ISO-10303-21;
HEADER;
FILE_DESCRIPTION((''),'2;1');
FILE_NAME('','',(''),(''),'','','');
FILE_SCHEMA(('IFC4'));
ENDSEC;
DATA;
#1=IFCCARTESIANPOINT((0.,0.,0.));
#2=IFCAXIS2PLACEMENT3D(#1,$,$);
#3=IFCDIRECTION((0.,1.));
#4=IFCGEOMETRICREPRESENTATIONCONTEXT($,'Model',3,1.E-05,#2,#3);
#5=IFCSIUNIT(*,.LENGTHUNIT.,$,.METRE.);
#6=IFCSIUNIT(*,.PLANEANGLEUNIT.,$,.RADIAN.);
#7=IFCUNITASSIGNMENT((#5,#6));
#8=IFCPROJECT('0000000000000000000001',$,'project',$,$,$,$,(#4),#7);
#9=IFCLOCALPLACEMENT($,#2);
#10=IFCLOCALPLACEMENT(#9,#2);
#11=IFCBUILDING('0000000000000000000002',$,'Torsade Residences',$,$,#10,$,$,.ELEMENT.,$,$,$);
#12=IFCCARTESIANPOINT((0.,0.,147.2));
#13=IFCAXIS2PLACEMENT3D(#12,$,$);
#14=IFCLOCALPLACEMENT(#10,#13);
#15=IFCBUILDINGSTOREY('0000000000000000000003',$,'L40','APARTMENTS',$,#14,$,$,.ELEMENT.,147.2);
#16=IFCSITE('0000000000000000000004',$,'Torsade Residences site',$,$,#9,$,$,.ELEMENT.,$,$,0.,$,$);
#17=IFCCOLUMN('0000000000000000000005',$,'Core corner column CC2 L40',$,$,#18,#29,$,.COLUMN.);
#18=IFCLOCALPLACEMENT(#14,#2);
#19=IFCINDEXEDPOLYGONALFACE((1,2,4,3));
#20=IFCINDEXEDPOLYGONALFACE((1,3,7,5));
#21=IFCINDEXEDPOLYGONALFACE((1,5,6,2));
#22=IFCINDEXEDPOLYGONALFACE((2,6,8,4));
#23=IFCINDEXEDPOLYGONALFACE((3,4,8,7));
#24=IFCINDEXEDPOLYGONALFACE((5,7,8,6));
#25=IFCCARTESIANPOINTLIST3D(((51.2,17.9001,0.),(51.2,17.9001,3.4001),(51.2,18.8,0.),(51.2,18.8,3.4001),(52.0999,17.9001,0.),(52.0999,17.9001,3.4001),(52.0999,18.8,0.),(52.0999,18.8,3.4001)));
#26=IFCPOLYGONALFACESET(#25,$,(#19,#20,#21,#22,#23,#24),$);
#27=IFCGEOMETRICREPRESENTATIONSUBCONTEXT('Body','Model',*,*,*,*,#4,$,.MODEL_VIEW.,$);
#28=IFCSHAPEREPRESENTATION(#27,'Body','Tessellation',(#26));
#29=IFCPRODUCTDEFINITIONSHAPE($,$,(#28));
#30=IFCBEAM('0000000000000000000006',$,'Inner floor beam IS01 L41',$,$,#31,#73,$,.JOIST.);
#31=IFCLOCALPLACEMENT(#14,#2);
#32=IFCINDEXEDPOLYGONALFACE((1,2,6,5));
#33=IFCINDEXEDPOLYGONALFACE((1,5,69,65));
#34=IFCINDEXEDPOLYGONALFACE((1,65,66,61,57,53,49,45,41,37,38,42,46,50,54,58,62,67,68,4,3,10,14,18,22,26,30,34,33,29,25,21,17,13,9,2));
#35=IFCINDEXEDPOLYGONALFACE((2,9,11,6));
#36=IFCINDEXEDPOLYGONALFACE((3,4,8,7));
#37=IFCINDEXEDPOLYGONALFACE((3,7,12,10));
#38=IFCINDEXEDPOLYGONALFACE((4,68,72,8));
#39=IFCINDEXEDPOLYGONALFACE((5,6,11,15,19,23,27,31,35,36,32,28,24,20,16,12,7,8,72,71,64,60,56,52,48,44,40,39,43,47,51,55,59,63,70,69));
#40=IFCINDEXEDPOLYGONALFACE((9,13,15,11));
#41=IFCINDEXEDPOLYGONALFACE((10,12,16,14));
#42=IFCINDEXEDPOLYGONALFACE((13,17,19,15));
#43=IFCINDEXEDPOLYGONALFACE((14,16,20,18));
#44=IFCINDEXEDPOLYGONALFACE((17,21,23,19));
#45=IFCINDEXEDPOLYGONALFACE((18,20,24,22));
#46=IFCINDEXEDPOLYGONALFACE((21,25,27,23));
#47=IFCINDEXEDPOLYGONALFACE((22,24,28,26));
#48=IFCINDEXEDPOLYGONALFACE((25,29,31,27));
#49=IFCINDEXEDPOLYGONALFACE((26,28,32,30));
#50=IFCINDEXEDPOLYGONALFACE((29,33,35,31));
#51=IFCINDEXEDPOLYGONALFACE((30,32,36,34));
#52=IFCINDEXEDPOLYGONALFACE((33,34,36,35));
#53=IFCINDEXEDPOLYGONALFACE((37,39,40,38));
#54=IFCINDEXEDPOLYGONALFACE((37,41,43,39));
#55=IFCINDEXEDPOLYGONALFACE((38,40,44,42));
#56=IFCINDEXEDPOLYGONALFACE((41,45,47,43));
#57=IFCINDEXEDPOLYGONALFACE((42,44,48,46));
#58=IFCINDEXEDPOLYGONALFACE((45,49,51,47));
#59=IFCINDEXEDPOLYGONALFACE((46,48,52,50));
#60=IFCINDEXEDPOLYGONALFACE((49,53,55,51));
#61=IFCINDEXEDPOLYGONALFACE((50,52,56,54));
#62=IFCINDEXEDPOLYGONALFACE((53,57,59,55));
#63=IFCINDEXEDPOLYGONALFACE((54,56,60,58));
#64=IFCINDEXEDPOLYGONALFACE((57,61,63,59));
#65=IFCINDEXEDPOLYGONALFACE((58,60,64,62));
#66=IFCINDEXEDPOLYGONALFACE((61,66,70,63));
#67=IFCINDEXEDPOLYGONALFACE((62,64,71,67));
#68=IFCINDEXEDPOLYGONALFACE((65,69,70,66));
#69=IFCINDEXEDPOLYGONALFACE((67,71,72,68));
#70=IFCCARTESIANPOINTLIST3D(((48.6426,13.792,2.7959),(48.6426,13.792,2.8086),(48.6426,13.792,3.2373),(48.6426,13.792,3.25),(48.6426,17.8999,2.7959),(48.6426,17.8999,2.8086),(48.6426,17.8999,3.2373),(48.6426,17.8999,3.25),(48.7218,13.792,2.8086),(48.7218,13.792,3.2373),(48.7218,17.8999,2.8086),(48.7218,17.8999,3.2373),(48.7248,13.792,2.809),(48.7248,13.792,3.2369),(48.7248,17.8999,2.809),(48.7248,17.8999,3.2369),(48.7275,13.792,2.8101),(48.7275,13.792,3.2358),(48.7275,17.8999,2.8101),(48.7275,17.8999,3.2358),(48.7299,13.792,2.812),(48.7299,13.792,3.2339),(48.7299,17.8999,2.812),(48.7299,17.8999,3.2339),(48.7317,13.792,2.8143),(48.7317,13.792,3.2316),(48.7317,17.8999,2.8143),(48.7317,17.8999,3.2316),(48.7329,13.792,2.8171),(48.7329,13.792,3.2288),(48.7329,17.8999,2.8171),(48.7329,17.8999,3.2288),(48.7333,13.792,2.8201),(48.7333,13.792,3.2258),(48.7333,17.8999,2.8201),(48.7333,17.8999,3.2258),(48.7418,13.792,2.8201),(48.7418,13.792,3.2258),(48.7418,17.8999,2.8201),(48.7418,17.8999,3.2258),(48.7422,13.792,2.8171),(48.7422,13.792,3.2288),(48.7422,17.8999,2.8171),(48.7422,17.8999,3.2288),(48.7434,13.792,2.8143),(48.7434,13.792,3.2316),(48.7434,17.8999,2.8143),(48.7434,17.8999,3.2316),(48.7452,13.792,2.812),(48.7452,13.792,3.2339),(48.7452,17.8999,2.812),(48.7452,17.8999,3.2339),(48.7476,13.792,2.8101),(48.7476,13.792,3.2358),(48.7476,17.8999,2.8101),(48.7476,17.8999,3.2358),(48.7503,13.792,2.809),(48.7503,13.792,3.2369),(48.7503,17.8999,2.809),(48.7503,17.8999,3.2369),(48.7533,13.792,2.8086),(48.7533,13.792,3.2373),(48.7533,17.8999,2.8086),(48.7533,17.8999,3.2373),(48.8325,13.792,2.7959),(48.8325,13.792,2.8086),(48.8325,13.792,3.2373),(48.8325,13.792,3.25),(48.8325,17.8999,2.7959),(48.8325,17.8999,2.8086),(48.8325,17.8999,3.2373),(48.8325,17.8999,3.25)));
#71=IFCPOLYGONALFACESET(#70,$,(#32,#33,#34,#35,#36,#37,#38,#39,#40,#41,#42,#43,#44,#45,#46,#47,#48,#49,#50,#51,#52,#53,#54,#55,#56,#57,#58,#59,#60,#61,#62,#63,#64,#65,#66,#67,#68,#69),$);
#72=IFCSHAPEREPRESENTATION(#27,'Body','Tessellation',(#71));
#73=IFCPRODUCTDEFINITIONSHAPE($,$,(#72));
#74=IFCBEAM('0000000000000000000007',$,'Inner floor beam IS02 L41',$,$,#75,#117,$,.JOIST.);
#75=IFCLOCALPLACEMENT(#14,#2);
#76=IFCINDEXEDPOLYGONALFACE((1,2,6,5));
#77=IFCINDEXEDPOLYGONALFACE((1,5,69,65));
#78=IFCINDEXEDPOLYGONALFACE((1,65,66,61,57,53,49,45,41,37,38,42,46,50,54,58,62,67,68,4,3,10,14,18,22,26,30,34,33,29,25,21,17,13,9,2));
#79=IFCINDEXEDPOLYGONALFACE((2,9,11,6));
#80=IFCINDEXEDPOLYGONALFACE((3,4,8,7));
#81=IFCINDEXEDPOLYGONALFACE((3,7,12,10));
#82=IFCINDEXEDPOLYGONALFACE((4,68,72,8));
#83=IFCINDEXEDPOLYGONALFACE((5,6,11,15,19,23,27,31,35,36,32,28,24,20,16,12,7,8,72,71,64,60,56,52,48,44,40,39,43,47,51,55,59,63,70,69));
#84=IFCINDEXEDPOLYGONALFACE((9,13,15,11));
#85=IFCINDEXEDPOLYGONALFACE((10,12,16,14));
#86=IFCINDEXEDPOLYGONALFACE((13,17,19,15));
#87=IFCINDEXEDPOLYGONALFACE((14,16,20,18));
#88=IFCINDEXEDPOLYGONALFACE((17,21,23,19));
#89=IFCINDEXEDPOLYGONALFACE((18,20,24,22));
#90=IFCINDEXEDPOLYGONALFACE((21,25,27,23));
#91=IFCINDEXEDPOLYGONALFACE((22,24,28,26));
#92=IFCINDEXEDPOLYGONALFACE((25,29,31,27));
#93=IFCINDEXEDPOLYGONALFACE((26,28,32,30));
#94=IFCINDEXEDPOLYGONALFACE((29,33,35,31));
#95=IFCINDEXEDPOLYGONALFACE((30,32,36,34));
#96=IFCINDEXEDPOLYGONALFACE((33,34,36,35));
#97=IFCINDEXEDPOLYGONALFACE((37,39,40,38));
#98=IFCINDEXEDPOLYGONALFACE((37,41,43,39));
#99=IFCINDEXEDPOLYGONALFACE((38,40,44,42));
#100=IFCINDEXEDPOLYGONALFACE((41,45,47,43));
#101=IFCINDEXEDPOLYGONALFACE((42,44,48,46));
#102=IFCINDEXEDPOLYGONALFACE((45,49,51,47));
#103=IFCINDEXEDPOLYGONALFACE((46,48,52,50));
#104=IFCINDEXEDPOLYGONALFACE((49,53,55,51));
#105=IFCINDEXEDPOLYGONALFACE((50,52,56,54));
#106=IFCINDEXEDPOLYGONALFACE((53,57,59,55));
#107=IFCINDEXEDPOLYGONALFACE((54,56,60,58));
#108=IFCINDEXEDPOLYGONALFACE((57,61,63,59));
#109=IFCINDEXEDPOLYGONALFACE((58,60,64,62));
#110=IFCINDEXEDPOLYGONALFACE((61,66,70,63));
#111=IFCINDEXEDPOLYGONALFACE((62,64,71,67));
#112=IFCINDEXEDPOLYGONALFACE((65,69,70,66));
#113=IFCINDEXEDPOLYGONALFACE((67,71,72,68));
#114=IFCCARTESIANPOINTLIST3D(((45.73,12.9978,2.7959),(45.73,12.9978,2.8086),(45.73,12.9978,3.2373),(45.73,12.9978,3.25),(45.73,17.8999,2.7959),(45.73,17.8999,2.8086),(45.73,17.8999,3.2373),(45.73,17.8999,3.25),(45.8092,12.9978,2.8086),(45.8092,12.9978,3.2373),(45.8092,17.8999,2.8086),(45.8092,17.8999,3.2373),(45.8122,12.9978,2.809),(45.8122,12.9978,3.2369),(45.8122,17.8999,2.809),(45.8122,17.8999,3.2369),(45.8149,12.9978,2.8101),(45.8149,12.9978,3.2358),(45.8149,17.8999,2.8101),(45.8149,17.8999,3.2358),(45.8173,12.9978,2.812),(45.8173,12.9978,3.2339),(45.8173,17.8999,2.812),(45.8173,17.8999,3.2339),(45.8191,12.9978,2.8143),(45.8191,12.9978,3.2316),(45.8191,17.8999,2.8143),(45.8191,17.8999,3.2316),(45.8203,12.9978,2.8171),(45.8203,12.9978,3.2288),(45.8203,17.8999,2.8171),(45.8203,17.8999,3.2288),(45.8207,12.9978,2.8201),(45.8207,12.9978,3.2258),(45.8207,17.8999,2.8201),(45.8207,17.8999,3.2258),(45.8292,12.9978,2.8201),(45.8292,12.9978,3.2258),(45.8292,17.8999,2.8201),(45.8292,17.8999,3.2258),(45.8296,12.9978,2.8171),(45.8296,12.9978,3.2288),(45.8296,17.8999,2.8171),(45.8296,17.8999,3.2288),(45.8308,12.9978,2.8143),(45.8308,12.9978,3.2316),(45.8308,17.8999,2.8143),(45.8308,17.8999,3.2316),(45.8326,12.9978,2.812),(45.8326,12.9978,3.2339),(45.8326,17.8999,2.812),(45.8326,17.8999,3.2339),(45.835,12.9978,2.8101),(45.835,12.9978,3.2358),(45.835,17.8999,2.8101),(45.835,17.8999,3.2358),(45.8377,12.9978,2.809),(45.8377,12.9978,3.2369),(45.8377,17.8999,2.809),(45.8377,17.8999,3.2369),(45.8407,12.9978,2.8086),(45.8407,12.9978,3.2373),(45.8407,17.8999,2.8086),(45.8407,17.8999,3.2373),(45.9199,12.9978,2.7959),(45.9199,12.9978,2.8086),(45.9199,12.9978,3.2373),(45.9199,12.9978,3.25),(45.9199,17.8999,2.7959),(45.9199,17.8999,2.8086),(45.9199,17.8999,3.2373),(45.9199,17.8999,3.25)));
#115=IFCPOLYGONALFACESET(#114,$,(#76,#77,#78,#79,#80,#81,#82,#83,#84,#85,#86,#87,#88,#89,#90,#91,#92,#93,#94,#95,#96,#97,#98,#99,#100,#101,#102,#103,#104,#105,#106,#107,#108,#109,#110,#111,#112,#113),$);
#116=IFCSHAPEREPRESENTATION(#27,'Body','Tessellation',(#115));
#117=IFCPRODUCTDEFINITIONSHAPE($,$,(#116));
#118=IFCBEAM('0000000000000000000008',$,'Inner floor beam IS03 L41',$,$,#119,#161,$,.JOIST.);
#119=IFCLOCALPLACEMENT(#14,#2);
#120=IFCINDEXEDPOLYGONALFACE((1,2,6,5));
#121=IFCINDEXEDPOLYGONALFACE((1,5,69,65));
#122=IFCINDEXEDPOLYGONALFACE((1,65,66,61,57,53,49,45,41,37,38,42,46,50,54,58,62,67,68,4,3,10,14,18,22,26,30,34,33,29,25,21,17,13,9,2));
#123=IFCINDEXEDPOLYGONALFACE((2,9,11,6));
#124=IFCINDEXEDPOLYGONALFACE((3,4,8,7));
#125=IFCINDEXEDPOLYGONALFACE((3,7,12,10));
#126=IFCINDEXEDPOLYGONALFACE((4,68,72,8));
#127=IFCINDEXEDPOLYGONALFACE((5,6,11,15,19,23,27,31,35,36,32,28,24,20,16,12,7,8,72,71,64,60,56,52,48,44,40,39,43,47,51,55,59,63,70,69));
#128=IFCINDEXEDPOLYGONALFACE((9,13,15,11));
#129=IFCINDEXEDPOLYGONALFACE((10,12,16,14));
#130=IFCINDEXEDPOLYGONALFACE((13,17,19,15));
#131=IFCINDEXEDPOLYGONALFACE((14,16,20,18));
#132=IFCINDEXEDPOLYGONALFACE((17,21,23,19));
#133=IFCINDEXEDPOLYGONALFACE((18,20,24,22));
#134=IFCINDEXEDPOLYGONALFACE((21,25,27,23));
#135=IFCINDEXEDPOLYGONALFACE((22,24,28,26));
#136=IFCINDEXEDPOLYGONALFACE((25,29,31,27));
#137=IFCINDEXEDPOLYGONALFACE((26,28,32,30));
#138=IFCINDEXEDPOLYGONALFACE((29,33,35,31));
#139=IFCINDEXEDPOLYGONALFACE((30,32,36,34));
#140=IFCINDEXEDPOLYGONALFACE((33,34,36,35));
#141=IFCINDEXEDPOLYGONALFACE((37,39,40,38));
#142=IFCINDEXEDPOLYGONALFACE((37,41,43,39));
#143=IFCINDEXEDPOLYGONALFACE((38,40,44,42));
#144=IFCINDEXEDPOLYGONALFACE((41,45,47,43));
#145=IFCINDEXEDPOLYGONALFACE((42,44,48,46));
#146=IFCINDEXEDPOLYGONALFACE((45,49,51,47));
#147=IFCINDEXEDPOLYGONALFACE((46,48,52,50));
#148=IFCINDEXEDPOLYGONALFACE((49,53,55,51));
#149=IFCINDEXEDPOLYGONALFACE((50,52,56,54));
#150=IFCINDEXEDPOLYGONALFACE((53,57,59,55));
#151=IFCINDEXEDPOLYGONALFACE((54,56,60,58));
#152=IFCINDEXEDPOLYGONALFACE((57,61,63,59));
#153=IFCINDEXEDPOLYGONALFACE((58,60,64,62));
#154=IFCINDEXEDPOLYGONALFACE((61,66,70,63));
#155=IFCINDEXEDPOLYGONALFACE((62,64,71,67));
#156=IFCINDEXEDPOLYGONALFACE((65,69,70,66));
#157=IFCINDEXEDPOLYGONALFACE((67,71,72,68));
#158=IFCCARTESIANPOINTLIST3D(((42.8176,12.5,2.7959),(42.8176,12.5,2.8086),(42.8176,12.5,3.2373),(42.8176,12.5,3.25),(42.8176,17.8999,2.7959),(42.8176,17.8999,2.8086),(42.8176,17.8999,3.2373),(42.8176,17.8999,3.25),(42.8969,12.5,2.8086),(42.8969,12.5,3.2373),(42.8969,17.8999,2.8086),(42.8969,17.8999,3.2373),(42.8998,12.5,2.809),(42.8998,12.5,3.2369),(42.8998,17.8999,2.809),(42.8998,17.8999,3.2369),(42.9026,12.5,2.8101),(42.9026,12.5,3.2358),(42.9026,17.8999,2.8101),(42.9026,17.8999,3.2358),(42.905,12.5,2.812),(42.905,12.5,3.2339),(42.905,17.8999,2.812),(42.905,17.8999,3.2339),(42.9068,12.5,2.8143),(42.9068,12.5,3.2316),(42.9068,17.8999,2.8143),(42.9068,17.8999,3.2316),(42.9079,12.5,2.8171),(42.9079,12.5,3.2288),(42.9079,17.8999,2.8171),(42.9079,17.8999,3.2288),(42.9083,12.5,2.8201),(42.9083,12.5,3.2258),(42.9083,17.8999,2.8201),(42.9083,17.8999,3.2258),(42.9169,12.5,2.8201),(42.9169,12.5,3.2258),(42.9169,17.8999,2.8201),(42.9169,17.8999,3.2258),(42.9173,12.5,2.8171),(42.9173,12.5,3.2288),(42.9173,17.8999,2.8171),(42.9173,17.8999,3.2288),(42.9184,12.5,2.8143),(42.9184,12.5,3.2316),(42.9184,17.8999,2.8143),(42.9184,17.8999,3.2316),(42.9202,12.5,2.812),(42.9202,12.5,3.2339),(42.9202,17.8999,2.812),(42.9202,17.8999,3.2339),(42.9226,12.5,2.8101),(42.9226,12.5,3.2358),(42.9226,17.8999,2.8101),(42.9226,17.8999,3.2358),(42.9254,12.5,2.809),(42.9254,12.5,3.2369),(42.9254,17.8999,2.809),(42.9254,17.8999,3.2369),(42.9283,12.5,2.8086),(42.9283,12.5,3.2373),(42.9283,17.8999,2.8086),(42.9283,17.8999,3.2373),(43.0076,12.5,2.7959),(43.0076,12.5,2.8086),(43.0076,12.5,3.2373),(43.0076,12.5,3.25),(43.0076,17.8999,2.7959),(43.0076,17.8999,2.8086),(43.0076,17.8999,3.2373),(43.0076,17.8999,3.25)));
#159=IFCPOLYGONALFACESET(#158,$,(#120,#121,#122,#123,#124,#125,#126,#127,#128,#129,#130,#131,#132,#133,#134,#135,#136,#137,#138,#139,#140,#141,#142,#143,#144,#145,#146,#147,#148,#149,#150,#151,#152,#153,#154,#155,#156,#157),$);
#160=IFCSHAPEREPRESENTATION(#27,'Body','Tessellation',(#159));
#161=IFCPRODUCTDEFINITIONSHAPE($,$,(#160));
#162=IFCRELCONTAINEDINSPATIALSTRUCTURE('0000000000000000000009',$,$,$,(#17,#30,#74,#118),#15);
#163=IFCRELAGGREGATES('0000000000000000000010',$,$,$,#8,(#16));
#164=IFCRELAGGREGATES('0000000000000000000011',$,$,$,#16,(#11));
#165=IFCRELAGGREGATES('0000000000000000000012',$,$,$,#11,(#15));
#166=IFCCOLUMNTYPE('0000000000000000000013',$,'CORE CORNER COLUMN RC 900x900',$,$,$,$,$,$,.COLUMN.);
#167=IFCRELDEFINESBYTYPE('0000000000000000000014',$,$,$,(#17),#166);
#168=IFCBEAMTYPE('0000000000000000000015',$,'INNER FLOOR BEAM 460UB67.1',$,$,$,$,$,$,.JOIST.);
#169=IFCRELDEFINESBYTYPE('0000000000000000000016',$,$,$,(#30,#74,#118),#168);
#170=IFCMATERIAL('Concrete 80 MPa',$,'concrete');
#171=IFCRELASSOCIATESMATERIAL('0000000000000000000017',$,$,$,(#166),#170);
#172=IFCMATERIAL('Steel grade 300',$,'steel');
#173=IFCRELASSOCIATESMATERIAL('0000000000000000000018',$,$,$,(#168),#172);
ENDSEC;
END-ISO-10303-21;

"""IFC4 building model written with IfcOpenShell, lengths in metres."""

from ifc_helpers import new_model, si_unit, direction, frame, origin, origin_2d, place, context, subcontext, project, spatial, rectangle, i_section, extrude, material, material_profile, profile_set, type_object, element, save


model = new_model("IFC4")

# Units and contexts
model_context = context("Model", 3, precision=1e-05, world=origin(), true_north=direction((0.0, 1.0)))
body_context = subcontext(model_context, "Body", "Model", "MODEL_VIEW")
ifc_project = project(units=[si_unit("LENGTHUNIT", "METRE"), si_unit("PLANEANGLEUNIT", "RADIAN")], contexts=[model_context])

# Site, building, storey
site_placement = place(None, origin())
site = spatial("IfcSite", under=ifc_project, at=site_placement, Name="Torsade Residences site", CompositionType="ELEMENT", RefElevation=0.0)
building_placement = place(site_placement, origin())
building = spatial("IfcBuilding", under=site, at=building_placement, Name="Torsade Residences", CompositionType="ELEMENT")
storey_placement = place(building_placement, frame((0.0, 0.0, 147.2)))
storey = spatial("IfcBuildingStorey", under=building, at=storey_placement, Name="L40", Description="APARTMENTS", CompositionType="ELEMENT", Elevation=147.2)

# Column
ifc_material_1 = material(Name="Concrete 80 MPa", Category="concrete")
ifc_material_profile_1 = material_profile(ifc_material_1, rectangle(XDim=0.8999, YDim=0.8999, at=origin_2d()), Name="RC 900x900")
ifc_profile_set_1 = profile_set([ifc_material_profile_1], Name="Concrete 80 MPa")
column_type = type_object("IfcColumnType", Name="CORE CORNER COLUMN RC 900x900", PredefinedType="COLUMN", material=ifc_profile_set_1)
column_placement = place(storey_placement, frame((51.6499, 18.3501, 0.0), z_axis=(0.0, 0.0, 1.0), x_axis=(1.0, 0.0, 0.0)))
element("IfcColumn", 1, at=column_placement, inside=storey, type_object=column_type, Name="Core corner column CC2 L40", PredefinedType="COLUMN", context=body_context, shape_type="SweptSolid", body=[
    extrude(rectangle(XDim=0.8999, YDim=0.8999, at=origin_2d()), origin(), (0.0, 0.0, 1.0), 3.4001),
])

# Beams
ifc_material_2 = material(Name="Steel grade 300", Category="steel")
ifc_material_profile_2 = material_profile(ifc_material_2, i_section(OverallWidth=0.1899, OverallDepth=0.4541, WebThickness=0.0085, FlangeThickness=0.0127, FilletRadius=0.0115, at=origin_2d()), Name="460UB67.1")
ifc_profile_set_2 = profile_set([ifc_material_profile_2], Name="Steel grade 300")
beam_type = type_object("IfcBeamType", Name="INNER FLOOR BEAM 460UB67.1", PredefinedType="JOIST", material=ifc_profile_set_2)
beam_1_placement = place(storey_placement, frame((48.7375, 17.8999, 3.0229), z_axis=(0.0, -1.0, 0.0), x_axis=(1.0, 0.0, 0.0)))
element("IfcBeam", 2, at=beam_1_placement, inside=storey, type_object=beam_type, Name="Inner floor beam IS01 L41", PredefinedType="JOIST", context=body_context, shape_type="SweptSolid", body=[
    extrude(i_section(OverallWidth=0.1899, OverallDepth=0.4541, WebThickness=0.0085, FlangeThickness=0.0127, FilletRadius=0.0115, at=origin_2d()), origin(), (0.0, 0.0, 1.0), 4.1079),
])
beam_2_placement = place(storey_placement, frame((45.825, 17.8999, 3.0229), z_axis=(0.0, -1.0, 0.0), x_axis=(1.0, 0.0, 0.0)))
element("IfcBeam", 3, at=beam_2_placement, inside=storey, type_object=beam_type, Name="Inner floor beam IS02 L41", PredefinedType="JOIST", context=body_context, shape_type="SweptSolid", body=[
    extrude(i_section(OverallWidth=0.1899, OverallDepth=0.4541, WebThickness=0.0085, FlangeThickness=0.0127, FilletRadius=0.0115, at=origin_2d()), origin(), (0.0, 0.0, 1.0), 4.9021),
])
for number, where, z_axis, x_axis, name in (
    (4, (42.9126, 17.8999, 3.0229), (0.0, -1.0, 0.0), (1.0, 0.0, 0.0), "Inner floor beam IS03 L41"),
):
    element("IfcBeam", number, at=place(storey_placement, frame(where, z_axis=z_axis, x_axis=x_axis)), inside=storey, type_object=beam_type, Name=name, PredefinedType="JOIST", context=body_context, shape_type="SweptSolid", body=[
        extrude(i_section(OverallWidth=0.1899, OverallDepth=0.4541, WebThickness=0.0085, FlangeThickness=0.0127, FilletRadius=0.0115, at=origin_2d()), origin(), (0.0, 0.0, 1.0), 5.3999),
    ])

save(model, "model.ifc")
